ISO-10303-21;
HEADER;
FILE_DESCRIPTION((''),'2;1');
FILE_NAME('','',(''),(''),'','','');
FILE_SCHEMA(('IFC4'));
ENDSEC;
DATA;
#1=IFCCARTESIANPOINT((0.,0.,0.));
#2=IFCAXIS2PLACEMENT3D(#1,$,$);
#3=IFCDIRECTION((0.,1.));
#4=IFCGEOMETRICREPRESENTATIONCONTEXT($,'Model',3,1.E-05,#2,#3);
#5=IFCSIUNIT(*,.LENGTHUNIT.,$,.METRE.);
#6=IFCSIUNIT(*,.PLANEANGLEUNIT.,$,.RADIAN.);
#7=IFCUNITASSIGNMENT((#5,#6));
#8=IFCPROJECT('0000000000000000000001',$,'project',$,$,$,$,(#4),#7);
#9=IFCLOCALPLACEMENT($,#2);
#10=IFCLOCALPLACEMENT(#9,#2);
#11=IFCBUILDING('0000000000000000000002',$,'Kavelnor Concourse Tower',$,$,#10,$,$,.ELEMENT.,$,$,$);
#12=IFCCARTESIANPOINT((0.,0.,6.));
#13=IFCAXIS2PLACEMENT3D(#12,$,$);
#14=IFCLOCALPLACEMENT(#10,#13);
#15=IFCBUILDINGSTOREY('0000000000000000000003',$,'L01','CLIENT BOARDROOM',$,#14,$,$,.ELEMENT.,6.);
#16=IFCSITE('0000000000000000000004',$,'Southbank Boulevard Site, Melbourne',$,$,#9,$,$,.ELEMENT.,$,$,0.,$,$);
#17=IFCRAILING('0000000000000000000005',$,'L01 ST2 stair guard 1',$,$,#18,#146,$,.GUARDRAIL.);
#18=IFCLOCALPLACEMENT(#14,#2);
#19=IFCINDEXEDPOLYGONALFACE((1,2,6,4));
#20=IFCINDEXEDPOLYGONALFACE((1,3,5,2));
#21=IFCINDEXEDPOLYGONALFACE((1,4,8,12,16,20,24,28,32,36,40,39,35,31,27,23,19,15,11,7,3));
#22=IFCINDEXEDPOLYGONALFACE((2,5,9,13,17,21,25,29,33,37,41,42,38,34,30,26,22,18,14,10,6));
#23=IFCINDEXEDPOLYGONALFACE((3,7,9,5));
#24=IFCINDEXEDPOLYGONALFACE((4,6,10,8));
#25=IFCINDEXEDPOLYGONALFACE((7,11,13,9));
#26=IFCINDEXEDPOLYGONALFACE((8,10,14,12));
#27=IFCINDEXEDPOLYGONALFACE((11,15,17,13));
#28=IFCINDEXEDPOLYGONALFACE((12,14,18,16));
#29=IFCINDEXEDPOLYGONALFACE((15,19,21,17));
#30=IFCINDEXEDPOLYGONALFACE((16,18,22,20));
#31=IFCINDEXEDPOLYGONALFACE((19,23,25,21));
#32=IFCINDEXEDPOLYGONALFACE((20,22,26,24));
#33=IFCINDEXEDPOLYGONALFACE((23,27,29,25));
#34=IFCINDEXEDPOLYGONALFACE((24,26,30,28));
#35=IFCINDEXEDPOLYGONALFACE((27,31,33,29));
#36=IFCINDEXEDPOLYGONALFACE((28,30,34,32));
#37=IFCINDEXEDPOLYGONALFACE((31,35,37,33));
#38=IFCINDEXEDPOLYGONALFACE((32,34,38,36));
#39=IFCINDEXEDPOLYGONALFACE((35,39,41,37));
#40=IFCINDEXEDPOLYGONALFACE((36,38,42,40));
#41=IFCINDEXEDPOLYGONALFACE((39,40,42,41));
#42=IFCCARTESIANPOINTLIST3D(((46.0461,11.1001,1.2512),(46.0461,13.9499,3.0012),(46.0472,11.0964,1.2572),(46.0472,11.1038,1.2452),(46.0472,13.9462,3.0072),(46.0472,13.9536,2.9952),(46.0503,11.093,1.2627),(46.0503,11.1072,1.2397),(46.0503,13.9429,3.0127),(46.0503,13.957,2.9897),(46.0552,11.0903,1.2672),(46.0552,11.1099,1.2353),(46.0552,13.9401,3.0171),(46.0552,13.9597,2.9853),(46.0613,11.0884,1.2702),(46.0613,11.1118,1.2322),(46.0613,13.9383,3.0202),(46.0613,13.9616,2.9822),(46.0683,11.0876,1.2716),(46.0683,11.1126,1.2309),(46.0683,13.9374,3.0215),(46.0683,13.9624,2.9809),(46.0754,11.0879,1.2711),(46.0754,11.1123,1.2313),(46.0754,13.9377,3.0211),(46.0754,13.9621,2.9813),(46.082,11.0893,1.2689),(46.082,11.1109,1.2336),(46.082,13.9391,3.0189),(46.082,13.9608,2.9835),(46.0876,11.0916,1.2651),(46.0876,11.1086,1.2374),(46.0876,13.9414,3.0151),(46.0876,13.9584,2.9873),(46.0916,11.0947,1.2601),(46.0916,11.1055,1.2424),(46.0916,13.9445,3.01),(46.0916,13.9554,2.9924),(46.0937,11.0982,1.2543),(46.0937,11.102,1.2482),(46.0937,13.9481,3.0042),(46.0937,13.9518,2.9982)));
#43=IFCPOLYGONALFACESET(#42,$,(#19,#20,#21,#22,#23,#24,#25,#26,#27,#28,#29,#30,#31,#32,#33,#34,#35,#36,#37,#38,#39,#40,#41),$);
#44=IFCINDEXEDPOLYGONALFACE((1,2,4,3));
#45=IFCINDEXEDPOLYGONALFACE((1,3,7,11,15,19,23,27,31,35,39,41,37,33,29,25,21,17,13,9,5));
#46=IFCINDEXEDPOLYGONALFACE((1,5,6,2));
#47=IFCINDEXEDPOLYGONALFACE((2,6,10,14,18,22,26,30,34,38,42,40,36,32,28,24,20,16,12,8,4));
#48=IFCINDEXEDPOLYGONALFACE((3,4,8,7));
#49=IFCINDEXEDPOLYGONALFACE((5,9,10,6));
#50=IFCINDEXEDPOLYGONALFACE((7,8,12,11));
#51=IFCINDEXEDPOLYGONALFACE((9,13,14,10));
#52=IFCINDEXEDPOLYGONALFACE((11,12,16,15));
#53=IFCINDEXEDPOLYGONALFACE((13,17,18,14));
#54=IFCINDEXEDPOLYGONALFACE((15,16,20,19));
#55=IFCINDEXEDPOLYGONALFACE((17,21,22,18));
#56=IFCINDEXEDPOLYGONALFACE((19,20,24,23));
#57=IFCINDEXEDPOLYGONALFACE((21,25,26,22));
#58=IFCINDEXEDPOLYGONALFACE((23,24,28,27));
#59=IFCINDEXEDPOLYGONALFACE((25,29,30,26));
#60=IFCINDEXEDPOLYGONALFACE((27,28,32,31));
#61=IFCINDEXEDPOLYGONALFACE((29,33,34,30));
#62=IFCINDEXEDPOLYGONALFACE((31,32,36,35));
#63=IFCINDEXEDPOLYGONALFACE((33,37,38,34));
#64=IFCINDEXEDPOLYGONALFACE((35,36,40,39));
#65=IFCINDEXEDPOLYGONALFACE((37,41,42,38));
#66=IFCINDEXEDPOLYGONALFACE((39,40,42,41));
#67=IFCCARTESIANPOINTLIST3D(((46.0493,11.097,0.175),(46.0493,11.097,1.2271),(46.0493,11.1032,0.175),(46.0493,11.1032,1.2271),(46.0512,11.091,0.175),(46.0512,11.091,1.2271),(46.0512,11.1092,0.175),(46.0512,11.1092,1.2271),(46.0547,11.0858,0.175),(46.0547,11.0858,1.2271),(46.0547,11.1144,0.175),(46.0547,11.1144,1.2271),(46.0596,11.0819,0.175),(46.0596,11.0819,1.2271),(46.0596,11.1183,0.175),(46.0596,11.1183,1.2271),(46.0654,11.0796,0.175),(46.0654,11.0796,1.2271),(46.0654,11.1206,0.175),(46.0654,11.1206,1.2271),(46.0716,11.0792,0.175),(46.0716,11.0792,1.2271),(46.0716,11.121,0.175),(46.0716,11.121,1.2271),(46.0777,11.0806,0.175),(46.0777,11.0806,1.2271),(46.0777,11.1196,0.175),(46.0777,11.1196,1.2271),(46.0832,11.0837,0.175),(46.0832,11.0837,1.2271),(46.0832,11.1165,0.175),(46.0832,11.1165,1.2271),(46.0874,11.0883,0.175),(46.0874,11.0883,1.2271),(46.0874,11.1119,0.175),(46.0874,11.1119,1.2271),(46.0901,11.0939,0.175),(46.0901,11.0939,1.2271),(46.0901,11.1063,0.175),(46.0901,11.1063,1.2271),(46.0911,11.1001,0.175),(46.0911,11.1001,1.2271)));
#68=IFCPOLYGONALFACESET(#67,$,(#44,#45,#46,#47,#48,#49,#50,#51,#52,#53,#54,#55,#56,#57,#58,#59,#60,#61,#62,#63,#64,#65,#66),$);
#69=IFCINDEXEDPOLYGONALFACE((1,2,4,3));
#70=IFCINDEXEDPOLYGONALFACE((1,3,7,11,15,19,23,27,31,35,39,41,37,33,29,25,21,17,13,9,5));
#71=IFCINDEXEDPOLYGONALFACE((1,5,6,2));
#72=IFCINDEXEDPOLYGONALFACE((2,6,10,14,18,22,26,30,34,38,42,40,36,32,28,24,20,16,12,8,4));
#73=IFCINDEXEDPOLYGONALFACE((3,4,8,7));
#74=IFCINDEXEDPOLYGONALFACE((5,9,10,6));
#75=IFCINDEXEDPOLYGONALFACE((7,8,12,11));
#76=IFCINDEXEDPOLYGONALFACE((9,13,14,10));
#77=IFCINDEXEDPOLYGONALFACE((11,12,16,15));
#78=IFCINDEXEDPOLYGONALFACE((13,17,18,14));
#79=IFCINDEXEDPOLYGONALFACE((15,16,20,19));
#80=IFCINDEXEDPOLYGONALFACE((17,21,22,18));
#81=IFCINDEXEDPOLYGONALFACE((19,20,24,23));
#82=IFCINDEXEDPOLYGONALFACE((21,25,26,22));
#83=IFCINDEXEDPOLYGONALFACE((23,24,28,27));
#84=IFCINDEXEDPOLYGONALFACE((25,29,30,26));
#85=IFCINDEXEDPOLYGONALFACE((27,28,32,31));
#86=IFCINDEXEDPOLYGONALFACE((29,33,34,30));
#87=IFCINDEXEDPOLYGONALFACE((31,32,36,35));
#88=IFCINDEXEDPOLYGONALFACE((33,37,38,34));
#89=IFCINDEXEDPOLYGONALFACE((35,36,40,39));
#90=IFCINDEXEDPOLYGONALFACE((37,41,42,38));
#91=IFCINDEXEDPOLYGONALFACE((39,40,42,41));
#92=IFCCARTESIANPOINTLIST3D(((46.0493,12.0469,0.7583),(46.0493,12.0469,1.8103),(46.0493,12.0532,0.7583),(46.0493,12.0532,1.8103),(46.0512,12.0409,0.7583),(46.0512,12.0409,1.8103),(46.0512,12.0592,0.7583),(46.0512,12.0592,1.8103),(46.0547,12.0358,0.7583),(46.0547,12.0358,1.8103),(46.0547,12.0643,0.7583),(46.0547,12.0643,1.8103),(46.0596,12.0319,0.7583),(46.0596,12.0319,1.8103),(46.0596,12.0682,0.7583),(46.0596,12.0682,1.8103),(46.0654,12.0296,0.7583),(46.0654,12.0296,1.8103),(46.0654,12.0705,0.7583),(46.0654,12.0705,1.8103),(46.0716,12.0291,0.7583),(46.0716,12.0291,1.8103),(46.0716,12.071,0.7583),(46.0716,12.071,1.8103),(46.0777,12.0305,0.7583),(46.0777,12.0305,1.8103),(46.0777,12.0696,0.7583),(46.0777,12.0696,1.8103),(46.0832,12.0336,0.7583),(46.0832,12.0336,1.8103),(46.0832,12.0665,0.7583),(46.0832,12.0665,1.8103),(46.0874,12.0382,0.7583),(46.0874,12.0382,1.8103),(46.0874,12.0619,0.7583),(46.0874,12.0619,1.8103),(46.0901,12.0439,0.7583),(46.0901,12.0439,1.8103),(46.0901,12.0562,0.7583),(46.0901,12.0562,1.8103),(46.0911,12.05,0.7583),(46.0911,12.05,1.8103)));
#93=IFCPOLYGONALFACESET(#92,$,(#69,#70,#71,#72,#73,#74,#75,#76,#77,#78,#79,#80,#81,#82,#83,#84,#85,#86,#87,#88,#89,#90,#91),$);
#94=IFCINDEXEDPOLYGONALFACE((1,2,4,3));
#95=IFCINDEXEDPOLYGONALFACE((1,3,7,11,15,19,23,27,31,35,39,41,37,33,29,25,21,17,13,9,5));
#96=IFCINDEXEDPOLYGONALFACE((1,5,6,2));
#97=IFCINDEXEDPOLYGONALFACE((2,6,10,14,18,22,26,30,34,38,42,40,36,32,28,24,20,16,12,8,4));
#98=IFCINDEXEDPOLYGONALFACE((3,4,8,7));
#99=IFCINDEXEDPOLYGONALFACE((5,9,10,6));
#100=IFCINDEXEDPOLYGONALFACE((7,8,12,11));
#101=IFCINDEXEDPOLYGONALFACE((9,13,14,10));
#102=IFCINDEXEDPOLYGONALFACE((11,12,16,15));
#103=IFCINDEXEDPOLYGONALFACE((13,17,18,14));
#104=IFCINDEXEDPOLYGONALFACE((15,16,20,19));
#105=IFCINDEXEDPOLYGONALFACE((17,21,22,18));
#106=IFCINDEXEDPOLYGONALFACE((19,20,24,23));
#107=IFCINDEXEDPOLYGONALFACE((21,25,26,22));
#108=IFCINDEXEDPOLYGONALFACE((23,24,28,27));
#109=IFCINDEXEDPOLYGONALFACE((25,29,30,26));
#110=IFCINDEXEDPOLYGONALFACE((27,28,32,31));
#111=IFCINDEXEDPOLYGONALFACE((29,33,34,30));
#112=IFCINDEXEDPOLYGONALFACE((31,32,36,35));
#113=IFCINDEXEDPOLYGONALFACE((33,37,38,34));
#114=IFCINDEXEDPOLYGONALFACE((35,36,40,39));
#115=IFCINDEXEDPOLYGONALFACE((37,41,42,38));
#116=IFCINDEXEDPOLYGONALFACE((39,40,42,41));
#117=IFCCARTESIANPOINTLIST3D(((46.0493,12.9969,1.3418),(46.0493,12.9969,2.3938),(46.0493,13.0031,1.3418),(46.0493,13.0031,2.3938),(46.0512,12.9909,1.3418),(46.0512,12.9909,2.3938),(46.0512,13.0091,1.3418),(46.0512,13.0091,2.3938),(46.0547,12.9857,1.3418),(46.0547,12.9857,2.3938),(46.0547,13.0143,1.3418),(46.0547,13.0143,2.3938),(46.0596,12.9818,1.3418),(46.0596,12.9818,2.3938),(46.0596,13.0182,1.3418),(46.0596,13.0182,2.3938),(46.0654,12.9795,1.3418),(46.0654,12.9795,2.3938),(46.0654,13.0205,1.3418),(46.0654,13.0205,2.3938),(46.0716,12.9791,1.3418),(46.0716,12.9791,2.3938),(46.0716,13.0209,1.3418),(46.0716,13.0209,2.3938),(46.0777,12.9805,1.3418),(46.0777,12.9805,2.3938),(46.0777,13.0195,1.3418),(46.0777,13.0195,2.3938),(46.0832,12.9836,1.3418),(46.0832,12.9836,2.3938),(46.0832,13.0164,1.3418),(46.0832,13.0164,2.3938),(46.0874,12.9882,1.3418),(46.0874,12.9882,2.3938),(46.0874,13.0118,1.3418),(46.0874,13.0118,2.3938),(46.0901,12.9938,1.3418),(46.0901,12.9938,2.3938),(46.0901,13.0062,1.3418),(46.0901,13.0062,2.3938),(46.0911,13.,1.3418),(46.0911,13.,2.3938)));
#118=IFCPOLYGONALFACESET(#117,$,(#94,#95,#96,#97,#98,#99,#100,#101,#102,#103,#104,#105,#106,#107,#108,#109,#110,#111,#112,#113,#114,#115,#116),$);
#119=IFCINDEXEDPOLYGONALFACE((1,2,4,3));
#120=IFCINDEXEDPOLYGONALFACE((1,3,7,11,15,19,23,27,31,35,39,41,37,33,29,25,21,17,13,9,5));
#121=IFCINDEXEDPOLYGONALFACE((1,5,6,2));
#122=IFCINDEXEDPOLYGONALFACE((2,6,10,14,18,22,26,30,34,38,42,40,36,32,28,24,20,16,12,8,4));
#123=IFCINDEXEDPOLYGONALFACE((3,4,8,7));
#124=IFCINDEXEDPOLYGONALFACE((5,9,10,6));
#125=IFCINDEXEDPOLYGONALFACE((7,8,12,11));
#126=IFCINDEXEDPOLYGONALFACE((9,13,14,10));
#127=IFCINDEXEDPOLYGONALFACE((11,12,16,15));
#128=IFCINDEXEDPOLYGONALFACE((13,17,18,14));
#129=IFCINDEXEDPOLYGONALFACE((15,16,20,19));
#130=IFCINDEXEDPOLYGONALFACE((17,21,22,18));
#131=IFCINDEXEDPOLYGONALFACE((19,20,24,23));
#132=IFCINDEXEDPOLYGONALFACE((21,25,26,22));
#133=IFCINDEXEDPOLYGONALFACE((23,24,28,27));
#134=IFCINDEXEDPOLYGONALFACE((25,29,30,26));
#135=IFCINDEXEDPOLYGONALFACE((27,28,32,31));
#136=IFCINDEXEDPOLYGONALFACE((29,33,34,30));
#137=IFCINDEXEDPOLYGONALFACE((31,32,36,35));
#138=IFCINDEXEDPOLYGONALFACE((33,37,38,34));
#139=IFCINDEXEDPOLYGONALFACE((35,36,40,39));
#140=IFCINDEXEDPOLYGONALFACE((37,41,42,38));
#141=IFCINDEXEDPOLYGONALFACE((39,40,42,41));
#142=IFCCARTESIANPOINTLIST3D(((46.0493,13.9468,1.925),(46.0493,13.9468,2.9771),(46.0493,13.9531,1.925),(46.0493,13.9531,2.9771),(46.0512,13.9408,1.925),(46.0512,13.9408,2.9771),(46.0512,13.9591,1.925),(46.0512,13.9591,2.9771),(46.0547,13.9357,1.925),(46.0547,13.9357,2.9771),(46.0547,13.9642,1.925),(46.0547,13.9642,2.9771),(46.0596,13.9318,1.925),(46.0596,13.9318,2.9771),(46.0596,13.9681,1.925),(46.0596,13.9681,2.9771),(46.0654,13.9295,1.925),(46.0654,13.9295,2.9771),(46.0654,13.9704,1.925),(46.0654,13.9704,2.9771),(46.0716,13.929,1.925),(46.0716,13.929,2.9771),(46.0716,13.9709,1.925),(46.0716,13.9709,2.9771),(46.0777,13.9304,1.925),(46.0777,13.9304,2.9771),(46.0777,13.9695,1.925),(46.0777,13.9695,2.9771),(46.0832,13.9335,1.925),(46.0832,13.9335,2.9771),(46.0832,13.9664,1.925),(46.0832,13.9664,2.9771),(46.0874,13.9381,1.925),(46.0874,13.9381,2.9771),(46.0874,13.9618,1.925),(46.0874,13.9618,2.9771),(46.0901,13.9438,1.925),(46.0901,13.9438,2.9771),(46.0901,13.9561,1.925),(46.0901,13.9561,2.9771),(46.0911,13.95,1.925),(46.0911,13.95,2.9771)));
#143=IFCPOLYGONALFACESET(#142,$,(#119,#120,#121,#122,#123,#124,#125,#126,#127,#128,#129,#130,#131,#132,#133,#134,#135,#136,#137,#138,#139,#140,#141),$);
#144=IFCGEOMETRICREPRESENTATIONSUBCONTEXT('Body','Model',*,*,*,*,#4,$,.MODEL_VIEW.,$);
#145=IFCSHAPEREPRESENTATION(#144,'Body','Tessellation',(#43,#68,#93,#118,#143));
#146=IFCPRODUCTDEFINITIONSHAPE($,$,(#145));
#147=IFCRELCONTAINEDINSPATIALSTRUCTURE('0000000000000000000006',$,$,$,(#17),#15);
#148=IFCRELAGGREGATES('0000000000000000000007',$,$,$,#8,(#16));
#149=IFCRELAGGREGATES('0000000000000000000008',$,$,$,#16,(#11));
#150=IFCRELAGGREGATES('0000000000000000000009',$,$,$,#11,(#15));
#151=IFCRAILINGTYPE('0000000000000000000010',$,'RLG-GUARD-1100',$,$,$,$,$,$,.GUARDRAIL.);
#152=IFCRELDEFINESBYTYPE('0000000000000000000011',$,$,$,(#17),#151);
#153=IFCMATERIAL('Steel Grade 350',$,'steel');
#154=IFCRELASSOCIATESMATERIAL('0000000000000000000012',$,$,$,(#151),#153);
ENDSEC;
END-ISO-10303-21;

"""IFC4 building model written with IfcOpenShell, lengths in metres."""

from ifc_helpers import new_model, si_unit, direction, frame, origin, origin_2d, place, context, subcontext, project, spatial, circle, extrude, material, type_object, element, save


model = new_model("IFC4")

# Units and contexts
model_context = context("Model", 3, precision=1e-05, world=origin(), true_north=direction((0.0, 1.0)))
body_context = subcontext(model_context, "Body", "Model", "MODEL_VIEW")
ifc_project = project(units=[si_unit("LENGTHUNIT", "METRE"), si_unit("PLANEANGLEUNIT", "RADIAN")], contexts=[model_context])

# Site, building, storey
site_placement = place(None, origin())
site = spatial("IfcSite", under=ifc_project, at=site_placement, Name="Southbank Boulevard Site, Melbourne", CompositionType="ELEMENT", RefElevation=0.0)
building_placement = place(site_placement, origin())
building = spatial("IfcBuilding", under=site, at=building_placement, Name="Kavelnor Concourse Tower", CompositionType="ELEMENT")
storey_placement = place(building_placement, frame((0.0, 0.0, 6.0)))
storey = spatial("IfcBuildingStorey", under=building, at=storey_placement, Name="L01", Description="CLIENT BOARDROOM", CompositionType="ELEMENT", Elevation=6.0)

# Shared definitions
ifc_material_1 = material(Name="Steel Grade 350", Category="steel")

# Railing
railing_type_1 = type_object("IfcRailingType", Name="RLG-GUARD-1100", PredefinedType="GUARDRAIL", material=ifc_material_1)
railing_1_placement = place(storey_placement, frame((46.0701, 11.1001, 0.175)))
element("IfcRailing", 1, at=railing_1_placement, inside=storey, type_object=railing_type_1, Name="L01 ST2 stair guard 1", PredefinedType="GUARDRAIL", context=body_context, shape_type="SweptSolid", body=[
    extrude(circle(Radius=0.0239, at=origin_2d()), frame((0.0, 0.0, 1.0762), z_axis=(0.0, 0.852159, 0.523283), x_axis=(-1.0, 0.0, 0.0)), (0.0, 0.0, 1.0), 3.3442),
    extrude(circle(Radius=0.021, at=origin_2d()), origin(), (0.0, 0.0, 1.0), 1.052),
    extrude(circle(Radius=0.021, at=origin_2d()), frame((0.0, 0.95, 0.5833)), (0.0, 0.0, 1.0), 1.052),
    extrude(circle(Radius=0.021, at=origin_2d()), frame((0.0, 1.8999, 1.1667)), (0.0, 0.0, 1.0), 1.052),
    extrude(circle(Radius=0.021, at=origin_2d()), frame((0.0, 2.8499, 1.75)), (0.0, 0.0, 1.0), 1.052),
])

save(model, "model.ifc")
